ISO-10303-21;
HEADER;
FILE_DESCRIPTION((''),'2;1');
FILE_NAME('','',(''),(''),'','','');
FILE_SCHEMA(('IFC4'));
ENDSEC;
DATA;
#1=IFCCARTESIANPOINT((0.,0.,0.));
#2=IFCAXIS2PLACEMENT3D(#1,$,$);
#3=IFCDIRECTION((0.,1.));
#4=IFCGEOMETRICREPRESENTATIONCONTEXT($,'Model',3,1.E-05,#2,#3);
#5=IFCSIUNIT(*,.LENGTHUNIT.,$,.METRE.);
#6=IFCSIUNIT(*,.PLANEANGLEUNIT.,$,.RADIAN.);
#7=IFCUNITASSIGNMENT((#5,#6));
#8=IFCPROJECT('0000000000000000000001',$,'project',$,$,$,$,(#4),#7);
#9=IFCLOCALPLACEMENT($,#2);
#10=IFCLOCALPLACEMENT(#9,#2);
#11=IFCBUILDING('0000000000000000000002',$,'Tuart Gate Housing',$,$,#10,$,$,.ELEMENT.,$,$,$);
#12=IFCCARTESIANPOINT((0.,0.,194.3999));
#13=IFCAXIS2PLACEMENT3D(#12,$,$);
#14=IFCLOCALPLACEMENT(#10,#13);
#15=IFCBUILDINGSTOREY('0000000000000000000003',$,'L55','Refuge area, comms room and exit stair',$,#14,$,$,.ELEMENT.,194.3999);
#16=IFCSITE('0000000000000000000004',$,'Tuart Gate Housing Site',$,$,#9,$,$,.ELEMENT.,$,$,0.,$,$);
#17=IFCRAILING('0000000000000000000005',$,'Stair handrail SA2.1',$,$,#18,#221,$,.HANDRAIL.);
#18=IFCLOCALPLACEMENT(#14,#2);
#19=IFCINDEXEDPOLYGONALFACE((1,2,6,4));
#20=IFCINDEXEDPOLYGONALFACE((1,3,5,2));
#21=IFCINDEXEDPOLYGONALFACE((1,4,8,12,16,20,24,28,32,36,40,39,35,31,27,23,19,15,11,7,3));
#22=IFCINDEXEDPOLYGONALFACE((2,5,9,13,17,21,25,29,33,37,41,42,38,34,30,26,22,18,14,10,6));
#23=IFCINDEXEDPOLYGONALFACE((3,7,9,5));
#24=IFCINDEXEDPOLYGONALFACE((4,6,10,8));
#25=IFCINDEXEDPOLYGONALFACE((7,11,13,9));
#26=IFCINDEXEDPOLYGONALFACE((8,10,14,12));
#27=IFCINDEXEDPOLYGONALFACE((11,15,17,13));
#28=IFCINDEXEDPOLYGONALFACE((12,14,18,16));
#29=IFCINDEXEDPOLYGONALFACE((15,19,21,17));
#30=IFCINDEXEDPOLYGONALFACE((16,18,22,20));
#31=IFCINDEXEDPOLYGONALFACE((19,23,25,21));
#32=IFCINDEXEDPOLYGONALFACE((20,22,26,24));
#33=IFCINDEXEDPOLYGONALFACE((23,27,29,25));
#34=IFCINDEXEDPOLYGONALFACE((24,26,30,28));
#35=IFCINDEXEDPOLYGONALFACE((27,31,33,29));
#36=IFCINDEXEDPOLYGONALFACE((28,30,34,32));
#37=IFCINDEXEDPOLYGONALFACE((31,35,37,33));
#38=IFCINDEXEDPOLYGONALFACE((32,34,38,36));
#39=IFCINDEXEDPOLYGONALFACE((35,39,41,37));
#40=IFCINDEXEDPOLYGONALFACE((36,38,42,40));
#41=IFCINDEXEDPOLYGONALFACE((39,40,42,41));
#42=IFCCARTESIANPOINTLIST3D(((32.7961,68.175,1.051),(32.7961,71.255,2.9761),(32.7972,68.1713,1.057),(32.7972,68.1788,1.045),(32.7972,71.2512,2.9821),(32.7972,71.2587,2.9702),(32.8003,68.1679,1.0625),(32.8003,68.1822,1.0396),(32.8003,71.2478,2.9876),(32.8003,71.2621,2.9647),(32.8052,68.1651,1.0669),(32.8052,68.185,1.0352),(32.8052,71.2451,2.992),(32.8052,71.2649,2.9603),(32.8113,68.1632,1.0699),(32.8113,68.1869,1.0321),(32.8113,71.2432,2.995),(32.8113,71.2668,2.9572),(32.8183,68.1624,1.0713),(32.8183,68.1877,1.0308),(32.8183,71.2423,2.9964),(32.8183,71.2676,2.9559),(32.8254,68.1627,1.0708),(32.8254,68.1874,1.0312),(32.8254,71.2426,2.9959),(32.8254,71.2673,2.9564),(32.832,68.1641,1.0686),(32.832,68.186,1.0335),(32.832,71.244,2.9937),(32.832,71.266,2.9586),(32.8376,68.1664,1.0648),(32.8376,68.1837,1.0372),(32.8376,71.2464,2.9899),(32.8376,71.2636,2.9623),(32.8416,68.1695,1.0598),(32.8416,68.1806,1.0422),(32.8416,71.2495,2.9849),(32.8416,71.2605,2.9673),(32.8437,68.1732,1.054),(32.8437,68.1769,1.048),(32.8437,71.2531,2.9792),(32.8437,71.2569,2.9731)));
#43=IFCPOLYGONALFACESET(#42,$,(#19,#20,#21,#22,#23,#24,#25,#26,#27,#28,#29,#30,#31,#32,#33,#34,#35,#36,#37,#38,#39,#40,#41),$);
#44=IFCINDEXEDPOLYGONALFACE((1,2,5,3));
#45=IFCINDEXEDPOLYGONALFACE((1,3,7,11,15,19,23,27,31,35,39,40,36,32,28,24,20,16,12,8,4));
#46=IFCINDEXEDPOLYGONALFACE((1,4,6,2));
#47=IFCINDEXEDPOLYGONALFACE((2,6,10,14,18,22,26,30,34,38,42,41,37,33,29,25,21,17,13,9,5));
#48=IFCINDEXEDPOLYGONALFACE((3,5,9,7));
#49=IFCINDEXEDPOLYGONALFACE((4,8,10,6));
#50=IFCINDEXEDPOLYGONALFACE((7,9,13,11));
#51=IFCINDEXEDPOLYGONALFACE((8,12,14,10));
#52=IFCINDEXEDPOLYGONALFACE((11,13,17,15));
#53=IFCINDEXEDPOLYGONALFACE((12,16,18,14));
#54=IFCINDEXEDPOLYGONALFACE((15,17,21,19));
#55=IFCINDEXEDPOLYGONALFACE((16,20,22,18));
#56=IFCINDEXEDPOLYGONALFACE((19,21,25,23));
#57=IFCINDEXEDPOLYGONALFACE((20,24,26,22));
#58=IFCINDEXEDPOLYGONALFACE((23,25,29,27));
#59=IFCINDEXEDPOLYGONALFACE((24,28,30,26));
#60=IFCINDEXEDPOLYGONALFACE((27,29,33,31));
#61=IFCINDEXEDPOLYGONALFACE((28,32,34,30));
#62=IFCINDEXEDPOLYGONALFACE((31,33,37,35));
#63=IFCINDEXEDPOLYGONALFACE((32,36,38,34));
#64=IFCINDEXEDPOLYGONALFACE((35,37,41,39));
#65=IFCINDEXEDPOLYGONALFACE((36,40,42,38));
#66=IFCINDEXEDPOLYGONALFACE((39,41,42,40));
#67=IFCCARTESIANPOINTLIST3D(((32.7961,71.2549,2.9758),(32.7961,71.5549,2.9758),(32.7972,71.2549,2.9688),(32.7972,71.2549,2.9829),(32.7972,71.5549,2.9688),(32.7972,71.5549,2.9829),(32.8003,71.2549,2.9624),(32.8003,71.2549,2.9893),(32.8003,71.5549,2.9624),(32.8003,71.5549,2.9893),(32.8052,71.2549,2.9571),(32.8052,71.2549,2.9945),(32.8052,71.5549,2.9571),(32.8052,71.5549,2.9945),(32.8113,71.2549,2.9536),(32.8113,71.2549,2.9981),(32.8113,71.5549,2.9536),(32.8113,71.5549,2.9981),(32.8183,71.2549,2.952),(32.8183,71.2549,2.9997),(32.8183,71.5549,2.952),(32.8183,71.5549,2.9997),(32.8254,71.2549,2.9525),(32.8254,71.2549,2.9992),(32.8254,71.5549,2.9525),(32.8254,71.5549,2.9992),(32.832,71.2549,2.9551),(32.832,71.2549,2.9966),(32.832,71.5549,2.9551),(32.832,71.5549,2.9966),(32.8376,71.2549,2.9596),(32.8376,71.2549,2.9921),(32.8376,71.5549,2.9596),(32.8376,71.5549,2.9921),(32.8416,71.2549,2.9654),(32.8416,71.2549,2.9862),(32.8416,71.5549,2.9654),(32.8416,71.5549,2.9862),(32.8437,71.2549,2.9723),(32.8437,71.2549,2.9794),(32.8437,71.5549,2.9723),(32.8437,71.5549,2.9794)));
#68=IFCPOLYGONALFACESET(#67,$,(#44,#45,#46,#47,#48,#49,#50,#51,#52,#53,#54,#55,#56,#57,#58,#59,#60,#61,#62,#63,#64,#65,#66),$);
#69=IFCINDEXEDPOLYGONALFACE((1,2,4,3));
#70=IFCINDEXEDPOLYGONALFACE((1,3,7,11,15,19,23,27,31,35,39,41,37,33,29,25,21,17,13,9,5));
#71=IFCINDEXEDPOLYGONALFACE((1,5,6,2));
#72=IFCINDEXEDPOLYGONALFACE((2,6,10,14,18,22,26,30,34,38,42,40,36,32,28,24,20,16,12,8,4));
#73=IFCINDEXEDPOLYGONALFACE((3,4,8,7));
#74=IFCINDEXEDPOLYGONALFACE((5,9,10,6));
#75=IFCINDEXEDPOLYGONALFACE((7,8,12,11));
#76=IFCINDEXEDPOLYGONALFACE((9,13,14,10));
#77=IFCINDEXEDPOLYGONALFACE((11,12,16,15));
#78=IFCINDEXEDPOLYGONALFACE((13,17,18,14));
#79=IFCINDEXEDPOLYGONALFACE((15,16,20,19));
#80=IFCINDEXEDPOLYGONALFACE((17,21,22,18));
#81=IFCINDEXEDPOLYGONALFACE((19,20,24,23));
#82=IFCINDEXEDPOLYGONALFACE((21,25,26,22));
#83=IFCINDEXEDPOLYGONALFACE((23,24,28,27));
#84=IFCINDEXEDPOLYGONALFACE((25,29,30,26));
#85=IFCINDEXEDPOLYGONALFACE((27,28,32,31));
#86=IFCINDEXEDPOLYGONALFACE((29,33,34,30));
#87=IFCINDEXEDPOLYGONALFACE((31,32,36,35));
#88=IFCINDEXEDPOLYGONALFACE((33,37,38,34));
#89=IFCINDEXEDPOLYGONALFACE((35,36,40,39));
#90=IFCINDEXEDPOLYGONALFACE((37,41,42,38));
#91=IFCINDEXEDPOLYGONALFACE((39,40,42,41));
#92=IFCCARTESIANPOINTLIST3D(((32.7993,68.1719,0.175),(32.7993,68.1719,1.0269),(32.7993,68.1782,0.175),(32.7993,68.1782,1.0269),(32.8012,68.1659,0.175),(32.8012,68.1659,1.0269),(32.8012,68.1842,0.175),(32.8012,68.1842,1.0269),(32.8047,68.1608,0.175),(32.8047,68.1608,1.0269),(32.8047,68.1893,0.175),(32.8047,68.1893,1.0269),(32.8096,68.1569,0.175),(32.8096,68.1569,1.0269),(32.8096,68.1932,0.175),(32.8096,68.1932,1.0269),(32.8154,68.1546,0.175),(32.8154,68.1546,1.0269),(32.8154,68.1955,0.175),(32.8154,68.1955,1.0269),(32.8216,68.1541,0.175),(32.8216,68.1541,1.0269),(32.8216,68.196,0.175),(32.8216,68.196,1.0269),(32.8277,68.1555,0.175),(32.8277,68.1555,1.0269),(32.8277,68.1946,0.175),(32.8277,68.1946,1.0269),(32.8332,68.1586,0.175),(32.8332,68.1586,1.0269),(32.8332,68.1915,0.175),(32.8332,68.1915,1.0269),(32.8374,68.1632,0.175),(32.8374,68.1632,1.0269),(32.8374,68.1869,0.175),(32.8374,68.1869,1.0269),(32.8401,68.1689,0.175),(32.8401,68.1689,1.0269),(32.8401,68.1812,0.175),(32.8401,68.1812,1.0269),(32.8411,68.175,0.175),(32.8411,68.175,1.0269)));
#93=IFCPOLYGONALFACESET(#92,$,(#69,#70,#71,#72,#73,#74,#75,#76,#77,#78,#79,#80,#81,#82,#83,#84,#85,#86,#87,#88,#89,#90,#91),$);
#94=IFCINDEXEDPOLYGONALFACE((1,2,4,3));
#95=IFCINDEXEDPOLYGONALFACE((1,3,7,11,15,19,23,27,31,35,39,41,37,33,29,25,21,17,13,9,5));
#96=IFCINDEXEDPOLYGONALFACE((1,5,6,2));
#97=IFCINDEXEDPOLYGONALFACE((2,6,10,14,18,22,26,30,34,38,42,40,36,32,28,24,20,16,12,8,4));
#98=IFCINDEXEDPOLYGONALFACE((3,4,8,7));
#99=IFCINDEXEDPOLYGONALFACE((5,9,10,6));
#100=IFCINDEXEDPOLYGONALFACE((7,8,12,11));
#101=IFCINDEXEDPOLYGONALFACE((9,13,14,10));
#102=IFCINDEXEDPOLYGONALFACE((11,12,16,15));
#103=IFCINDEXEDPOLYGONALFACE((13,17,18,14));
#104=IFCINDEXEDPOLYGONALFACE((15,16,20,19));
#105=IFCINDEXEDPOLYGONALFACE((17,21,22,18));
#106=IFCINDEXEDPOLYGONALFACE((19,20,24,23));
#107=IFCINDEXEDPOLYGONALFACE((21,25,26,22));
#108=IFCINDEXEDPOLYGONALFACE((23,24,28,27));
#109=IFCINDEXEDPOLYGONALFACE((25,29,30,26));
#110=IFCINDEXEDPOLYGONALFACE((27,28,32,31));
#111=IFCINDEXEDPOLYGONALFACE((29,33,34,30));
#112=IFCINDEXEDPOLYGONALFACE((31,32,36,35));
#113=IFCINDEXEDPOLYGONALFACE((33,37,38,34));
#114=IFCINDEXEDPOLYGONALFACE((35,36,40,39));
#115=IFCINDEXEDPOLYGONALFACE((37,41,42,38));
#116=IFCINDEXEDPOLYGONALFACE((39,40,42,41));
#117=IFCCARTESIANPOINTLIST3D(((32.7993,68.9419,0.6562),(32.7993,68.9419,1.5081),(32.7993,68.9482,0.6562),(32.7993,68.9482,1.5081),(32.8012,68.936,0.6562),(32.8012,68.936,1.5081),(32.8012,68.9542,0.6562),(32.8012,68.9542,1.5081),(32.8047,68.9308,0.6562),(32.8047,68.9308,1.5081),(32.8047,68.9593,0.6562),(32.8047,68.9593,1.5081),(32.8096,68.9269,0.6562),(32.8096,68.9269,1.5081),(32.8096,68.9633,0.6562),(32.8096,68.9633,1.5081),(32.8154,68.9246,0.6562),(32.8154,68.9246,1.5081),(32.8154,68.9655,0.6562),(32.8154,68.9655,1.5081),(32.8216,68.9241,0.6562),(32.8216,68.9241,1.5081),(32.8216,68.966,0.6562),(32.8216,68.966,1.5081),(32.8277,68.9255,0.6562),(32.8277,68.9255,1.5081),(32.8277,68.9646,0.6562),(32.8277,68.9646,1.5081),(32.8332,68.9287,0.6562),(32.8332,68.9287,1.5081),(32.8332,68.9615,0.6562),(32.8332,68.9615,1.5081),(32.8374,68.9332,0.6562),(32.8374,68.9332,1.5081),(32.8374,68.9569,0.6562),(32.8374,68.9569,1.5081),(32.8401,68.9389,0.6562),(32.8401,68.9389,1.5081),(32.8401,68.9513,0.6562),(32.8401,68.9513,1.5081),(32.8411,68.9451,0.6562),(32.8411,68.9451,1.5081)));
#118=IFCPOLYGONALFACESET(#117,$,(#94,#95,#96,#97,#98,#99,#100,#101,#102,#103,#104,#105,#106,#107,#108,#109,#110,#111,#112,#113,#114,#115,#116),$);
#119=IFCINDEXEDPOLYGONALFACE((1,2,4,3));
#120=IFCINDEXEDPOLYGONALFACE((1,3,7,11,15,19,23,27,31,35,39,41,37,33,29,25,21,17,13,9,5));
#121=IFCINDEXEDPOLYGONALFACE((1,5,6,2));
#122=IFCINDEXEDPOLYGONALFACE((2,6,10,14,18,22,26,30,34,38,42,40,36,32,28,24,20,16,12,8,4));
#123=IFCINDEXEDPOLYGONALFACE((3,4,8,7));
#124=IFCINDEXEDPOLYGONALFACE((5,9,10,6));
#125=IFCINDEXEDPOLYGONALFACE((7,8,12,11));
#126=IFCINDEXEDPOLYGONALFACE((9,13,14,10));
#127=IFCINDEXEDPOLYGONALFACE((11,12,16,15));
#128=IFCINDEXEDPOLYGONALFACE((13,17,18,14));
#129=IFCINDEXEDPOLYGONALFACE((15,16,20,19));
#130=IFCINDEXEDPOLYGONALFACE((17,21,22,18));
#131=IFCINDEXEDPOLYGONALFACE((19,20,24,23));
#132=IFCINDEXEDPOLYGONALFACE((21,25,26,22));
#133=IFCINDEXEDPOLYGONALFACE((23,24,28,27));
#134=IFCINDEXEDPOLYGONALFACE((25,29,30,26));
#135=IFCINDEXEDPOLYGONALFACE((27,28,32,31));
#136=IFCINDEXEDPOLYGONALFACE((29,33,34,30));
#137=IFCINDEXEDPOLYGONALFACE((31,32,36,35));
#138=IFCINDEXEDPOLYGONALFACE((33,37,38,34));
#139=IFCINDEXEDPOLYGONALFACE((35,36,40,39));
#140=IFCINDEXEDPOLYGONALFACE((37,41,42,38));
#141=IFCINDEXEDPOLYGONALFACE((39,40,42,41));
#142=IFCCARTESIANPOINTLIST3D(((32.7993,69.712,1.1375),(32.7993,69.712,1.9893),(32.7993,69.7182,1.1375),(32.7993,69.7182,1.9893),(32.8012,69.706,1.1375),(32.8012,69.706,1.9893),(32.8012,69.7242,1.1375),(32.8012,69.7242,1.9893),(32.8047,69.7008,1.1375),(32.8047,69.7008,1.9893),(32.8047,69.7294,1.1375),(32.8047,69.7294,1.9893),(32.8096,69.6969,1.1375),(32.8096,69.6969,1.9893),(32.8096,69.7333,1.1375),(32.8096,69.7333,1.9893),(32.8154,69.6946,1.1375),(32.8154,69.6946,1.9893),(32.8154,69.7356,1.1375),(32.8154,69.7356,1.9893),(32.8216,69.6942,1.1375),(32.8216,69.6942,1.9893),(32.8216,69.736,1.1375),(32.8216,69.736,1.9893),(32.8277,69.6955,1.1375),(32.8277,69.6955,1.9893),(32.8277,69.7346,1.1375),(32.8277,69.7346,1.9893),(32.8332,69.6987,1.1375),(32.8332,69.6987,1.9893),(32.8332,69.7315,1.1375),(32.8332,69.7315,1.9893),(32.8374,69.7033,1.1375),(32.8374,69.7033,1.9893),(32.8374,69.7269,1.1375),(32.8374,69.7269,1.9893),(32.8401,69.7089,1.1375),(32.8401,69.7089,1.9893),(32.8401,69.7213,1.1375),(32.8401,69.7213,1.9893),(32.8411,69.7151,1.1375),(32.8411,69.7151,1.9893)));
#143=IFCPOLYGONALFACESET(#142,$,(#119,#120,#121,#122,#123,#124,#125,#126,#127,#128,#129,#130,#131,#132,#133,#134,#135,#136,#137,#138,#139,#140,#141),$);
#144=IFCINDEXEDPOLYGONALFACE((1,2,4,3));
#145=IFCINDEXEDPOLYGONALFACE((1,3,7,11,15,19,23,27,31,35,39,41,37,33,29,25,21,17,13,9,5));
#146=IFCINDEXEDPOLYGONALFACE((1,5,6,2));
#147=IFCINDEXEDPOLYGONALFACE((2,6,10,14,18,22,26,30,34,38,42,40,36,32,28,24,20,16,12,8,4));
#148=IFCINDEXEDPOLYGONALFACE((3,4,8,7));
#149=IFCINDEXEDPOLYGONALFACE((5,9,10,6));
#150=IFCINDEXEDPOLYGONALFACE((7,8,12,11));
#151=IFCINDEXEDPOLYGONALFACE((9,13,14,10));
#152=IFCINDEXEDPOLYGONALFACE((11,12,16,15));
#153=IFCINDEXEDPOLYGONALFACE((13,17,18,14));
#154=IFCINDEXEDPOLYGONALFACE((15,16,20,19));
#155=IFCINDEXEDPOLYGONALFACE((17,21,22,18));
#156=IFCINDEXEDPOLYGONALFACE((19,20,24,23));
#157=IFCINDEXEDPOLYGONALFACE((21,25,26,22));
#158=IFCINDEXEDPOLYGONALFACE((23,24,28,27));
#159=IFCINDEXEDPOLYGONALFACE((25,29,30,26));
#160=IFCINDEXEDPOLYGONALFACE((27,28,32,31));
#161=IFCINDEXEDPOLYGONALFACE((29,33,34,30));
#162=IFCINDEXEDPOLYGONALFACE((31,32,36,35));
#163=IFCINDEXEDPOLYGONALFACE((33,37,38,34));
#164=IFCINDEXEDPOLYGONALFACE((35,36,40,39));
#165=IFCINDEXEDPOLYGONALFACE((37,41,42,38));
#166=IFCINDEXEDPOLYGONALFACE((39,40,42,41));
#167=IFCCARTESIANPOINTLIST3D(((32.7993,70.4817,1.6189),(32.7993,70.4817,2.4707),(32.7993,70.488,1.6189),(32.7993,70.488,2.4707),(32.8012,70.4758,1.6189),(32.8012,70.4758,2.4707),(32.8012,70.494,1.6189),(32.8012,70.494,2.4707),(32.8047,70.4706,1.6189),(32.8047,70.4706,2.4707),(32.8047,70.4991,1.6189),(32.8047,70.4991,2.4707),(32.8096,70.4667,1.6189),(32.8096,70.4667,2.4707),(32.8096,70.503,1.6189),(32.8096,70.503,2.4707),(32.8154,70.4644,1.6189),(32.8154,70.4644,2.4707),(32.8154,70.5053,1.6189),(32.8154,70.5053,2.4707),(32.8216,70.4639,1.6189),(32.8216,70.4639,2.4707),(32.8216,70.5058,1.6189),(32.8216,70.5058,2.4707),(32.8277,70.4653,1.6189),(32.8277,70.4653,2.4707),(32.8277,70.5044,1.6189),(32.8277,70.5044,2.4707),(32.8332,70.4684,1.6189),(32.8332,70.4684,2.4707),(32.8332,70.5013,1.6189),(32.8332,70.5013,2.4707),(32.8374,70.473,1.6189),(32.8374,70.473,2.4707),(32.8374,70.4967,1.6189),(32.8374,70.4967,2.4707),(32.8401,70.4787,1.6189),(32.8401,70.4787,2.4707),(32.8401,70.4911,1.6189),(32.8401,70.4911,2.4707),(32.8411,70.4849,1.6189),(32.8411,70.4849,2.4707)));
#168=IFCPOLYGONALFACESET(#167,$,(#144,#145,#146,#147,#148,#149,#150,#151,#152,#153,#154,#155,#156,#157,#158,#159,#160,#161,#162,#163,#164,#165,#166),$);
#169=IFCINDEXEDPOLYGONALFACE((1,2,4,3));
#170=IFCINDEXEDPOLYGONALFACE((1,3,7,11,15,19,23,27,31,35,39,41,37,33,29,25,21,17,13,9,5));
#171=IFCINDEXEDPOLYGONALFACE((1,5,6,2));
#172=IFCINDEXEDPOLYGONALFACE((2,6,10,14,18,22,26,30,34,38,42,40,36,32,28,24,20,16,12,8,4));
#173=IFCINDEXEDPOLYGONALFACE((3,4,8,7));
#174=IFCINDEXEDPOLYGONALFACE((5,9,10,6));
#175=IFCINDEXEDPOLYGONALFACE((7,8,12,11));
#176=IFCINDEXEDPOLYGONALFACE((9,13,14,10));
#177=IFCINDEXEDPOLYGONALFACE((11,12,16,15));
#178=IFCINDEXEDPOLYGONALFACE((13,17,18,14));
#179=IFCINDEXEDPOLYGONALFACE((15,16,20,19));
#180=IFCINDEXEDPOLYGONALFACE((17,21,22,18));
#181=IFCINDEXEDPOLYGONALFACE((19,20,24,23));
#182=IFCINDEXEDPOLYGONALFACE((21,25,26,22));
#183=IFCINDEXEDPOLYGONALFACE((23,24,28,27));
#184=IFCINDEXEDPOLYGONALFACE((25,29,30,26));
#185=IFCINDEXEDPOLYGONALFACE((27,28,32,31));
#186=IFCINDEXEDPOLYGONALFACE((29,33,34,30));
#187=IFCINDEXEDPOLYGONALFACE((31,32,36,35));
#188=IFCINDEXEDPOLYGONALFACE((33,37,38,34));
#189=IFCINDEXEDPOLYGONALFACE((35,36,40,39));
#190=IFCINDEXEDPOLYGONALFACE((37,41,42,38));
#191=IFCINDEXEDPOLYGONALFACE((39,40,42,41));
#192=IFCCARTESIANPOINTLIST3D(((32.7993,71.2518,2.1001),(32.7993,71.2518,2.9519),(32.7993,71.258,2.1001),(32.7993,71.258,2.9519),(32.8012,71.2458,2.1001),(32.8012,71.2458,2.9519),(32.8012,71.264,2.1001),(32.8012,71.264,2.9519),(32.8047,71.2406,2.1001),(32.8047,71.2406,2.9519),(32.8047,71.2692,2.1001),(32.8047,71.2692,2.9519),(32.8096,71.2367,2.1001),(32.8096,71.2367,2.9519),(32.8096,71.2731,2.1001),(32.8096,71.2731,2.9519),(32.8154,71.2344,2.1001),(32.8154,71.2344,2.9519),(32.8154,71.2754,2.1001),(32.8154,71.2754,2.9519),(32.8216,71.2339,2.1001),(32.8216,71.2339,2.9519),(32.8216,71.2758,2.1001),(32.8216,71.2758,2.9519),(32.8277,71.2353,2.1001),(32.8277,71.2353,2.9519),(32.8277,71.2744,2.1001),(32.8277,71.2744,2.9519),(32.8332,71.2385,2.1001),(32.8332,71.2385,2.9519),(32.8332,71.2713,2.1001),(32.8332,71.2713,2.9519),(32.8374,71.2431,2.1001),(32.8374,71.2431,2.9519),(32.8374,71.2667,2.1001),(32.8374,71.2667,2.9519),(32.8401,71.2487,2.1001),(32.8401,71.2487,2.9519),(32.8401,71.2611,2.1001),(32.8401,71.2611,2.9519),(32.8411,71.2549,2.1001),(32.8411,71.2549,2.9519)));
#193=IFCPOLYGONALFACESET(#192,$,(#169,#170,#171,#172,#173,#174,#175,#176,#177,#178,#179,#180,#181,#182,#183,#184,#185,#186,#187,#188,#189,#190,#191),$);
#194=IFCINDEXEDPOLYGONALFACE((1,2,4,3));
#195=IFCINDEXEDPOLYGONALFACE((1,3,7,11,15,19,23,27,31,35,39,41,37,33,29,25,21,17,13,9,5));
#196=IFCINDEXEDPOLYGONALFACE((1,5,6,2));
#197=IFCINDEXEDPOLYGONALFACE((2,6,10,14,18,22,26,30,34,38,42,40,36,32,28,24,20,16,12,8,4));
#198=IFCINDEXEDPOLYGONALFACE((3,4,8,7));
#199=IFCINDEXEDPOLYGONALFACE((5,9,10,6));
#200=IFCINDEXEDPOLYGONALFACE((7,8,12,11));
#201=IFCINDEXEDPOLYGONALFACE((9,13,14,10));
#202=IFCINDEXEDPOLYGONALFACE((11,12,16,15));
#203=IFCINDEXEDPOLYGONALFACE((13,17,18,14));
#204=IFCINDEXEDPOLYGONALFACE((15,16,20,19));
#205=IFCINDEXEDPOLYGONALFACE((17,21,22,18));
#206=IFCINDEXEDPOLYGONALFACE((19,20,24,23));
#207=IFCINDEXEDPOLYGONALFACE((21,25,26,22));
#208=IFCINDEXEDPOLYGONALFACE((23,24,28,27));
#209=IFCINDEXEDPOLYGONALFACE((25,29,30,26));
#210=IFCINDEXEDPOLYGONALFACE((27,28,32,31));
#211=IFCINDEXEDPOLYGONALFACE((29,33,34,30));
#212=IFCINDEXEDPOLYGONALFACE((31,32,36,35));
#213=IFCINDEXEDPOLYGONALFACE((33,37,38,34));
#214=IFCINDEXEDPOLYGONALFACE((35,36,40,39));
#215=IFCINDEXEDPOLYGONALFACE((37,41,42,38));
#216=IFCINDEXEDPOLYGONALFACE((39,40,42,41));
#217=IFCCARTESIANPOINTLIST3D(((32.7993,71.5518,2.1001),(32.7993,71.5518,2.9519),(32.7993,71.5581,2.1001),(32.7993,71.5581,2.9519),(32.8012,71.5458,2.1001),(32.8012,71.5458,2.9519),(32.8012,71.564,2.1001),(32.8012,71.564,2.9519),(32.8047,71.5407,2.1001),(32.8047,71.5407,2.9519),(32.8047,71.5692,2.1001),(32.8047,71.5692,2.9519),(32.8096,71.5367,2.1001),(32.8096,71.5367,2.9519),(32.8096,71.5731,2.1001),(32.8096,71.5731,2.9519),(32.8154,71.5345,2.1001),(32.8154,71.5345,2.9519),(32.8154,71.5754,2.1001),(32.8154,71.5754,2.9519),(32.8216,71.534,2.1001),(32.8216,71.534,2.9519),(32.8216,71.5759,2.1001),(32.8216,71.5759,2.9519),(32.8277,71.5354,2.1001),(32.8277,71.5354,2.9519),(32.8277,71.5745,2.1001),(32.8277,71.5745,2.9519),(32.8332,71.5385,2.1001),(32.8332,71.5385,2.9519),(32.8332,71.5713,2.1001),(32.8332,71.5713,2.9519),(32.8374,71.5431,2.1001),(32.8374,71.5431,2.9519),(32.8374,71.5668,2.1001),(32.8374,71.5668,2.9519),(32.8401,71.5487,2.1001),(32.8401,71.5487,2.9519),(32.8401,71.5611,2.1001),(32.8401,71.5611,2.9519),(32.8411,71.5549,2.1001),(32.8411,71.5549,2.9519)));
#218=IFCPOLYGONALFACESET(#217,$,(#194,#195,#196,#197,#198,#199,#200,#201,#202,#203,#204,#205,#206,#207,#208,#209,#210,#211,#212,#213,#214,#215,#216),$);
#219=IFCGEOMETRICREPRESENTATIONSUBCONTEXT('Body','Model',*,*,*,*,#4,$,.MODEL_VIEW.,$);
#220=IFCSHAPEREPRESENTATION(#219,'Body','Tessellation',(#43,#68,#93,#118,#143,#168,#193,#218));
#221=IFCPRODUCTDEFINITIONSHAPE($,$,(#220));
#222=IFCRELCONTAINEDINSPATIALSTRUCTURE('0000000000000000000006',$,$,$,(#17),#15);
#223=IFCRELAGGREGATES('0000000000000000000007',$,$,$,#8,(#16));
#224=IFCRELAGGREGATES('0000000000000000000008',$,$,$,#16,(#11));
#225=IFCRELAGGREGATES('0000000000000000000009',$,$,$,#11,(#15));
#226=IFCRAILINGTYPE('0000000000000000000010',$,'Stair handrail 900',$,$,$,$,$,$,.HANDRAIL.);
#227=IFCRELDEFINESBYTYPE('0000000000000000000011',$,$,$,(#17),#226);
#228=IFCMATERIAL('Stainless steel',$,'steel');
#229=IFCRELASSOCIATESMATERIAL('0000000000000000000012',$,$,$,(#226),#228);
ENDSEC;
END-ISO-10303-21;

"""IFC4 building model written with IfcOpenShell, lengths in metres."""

from ifc_helpers import new_model, si_unit, direction, frame, origin, origin_2d, place, context, subcontext, project, spatial, circle, extrude, material, type_object, element, save


model = new_model("IFC4")

# Units and contexts
model_context = context("Model", 3, precision=1e-05, world=origin(), true_north=direction((0.0, 1.0)))
body_context = subcontext(model_context, "Body", "Model", "MODEL_VIEW")
ifc_project = project(units=[si_unit("LENGTHUNIT", "METRE"), si_unit("PLANEANGLEUNIT", "RADIAN")], contexts=[model_context])

# Site, building, storey
site_placement = place(None, origin())
site = spatial("IfcSite", under=ifc_project, at=site_placement, Name="Tuart Gate Housing Site", CompositionType="ELEMENT", RefElevation=0.0)
building_placement = place(site_placement, origin())
building = spatial("IfcBuilding", under=site, at=building_placement, Name="Tuart Gate Housing", CompositionType="ELEMENT")
storey_placement = place(building_placement, frame((0.0, 0.0, 194.3999)))
storey = spatial("IfcBuildingStorey", under=building, at=storey_placement, Name="L55", Description="Refuge area, comms room and exit stair", CompositionType="ELEMENT", Elevation=194.3999)

# Railing
ifc_material_1 = material(Name="Stainless steel", Category="steel")
railing_type = type_object("IfcRailingType", Name="Stair handrail 900", PredefinedType="HANDRAIL", material=ifc_material_1)
railing_placement = place(storey_placement, frame((32.8201, 68.175, 0.175)))
element("IfcRailing", 1, at=railing_placement, inside=storey, type_object=railing_type, Name="Stair handrail SA2.1", PredefinedType="HANDRAIL", context=body_context, shape_type="SweptSolid", body=[
    extrude(circle(Radius=0.0239, at=origin_2d()), frame((0.0, 0.0, 0.876), z_axis=(0.0, 0.847979, 0.530029), x_axis=(-1.0, 0.0, 0.0)), (0.0, 0.0, 1.0), 3.6321),
    extrude(circle(Radius=0.0239, at=origin_2d()), frame((0.0, 3.0798, 2.8008), z_axis=(0.0, 1.0, 0.0), x_axis=(-1.0, 0.0, 0.0)), (0.0, 0.0, 1.0), 0.3),
    extrude(circle(Radius=0.021, at=origin_2d()), origin(), (0.0, 0.0, 1.0), 0.8518),
    extrude(circle(Radius=0.021, at=origin_2d()), frame((0.0, 0.77, 0.4812)), (0.0, 0.0, 1.0), 0.8518),
    extrude(circle(Radius=0.021, at=origin_2d()), frame((0.0, 1.54, 0.9624)), (0.0, 0.0, 1.0), 0.8518),
    extrude(circle(Radius=0.021, at=origin_2d()), frame((0.0, 2.3098, 1.4438)), (0.0, 0.0, 1.0), 0.8518),
    extrude(circle(Radius=0.021, at=origin_2d()), frame((0.0, 3.0798, 1.925)), (0.0, 0.0, 1.0), 0.8518),
    extrude(circle(Radius=0.021, at=origin_2d()), frame((0.0, 3.3799, 1.925)), (0.0, 0.0, 1.0), 0.8518),
])

save(model, "model.ifc")
